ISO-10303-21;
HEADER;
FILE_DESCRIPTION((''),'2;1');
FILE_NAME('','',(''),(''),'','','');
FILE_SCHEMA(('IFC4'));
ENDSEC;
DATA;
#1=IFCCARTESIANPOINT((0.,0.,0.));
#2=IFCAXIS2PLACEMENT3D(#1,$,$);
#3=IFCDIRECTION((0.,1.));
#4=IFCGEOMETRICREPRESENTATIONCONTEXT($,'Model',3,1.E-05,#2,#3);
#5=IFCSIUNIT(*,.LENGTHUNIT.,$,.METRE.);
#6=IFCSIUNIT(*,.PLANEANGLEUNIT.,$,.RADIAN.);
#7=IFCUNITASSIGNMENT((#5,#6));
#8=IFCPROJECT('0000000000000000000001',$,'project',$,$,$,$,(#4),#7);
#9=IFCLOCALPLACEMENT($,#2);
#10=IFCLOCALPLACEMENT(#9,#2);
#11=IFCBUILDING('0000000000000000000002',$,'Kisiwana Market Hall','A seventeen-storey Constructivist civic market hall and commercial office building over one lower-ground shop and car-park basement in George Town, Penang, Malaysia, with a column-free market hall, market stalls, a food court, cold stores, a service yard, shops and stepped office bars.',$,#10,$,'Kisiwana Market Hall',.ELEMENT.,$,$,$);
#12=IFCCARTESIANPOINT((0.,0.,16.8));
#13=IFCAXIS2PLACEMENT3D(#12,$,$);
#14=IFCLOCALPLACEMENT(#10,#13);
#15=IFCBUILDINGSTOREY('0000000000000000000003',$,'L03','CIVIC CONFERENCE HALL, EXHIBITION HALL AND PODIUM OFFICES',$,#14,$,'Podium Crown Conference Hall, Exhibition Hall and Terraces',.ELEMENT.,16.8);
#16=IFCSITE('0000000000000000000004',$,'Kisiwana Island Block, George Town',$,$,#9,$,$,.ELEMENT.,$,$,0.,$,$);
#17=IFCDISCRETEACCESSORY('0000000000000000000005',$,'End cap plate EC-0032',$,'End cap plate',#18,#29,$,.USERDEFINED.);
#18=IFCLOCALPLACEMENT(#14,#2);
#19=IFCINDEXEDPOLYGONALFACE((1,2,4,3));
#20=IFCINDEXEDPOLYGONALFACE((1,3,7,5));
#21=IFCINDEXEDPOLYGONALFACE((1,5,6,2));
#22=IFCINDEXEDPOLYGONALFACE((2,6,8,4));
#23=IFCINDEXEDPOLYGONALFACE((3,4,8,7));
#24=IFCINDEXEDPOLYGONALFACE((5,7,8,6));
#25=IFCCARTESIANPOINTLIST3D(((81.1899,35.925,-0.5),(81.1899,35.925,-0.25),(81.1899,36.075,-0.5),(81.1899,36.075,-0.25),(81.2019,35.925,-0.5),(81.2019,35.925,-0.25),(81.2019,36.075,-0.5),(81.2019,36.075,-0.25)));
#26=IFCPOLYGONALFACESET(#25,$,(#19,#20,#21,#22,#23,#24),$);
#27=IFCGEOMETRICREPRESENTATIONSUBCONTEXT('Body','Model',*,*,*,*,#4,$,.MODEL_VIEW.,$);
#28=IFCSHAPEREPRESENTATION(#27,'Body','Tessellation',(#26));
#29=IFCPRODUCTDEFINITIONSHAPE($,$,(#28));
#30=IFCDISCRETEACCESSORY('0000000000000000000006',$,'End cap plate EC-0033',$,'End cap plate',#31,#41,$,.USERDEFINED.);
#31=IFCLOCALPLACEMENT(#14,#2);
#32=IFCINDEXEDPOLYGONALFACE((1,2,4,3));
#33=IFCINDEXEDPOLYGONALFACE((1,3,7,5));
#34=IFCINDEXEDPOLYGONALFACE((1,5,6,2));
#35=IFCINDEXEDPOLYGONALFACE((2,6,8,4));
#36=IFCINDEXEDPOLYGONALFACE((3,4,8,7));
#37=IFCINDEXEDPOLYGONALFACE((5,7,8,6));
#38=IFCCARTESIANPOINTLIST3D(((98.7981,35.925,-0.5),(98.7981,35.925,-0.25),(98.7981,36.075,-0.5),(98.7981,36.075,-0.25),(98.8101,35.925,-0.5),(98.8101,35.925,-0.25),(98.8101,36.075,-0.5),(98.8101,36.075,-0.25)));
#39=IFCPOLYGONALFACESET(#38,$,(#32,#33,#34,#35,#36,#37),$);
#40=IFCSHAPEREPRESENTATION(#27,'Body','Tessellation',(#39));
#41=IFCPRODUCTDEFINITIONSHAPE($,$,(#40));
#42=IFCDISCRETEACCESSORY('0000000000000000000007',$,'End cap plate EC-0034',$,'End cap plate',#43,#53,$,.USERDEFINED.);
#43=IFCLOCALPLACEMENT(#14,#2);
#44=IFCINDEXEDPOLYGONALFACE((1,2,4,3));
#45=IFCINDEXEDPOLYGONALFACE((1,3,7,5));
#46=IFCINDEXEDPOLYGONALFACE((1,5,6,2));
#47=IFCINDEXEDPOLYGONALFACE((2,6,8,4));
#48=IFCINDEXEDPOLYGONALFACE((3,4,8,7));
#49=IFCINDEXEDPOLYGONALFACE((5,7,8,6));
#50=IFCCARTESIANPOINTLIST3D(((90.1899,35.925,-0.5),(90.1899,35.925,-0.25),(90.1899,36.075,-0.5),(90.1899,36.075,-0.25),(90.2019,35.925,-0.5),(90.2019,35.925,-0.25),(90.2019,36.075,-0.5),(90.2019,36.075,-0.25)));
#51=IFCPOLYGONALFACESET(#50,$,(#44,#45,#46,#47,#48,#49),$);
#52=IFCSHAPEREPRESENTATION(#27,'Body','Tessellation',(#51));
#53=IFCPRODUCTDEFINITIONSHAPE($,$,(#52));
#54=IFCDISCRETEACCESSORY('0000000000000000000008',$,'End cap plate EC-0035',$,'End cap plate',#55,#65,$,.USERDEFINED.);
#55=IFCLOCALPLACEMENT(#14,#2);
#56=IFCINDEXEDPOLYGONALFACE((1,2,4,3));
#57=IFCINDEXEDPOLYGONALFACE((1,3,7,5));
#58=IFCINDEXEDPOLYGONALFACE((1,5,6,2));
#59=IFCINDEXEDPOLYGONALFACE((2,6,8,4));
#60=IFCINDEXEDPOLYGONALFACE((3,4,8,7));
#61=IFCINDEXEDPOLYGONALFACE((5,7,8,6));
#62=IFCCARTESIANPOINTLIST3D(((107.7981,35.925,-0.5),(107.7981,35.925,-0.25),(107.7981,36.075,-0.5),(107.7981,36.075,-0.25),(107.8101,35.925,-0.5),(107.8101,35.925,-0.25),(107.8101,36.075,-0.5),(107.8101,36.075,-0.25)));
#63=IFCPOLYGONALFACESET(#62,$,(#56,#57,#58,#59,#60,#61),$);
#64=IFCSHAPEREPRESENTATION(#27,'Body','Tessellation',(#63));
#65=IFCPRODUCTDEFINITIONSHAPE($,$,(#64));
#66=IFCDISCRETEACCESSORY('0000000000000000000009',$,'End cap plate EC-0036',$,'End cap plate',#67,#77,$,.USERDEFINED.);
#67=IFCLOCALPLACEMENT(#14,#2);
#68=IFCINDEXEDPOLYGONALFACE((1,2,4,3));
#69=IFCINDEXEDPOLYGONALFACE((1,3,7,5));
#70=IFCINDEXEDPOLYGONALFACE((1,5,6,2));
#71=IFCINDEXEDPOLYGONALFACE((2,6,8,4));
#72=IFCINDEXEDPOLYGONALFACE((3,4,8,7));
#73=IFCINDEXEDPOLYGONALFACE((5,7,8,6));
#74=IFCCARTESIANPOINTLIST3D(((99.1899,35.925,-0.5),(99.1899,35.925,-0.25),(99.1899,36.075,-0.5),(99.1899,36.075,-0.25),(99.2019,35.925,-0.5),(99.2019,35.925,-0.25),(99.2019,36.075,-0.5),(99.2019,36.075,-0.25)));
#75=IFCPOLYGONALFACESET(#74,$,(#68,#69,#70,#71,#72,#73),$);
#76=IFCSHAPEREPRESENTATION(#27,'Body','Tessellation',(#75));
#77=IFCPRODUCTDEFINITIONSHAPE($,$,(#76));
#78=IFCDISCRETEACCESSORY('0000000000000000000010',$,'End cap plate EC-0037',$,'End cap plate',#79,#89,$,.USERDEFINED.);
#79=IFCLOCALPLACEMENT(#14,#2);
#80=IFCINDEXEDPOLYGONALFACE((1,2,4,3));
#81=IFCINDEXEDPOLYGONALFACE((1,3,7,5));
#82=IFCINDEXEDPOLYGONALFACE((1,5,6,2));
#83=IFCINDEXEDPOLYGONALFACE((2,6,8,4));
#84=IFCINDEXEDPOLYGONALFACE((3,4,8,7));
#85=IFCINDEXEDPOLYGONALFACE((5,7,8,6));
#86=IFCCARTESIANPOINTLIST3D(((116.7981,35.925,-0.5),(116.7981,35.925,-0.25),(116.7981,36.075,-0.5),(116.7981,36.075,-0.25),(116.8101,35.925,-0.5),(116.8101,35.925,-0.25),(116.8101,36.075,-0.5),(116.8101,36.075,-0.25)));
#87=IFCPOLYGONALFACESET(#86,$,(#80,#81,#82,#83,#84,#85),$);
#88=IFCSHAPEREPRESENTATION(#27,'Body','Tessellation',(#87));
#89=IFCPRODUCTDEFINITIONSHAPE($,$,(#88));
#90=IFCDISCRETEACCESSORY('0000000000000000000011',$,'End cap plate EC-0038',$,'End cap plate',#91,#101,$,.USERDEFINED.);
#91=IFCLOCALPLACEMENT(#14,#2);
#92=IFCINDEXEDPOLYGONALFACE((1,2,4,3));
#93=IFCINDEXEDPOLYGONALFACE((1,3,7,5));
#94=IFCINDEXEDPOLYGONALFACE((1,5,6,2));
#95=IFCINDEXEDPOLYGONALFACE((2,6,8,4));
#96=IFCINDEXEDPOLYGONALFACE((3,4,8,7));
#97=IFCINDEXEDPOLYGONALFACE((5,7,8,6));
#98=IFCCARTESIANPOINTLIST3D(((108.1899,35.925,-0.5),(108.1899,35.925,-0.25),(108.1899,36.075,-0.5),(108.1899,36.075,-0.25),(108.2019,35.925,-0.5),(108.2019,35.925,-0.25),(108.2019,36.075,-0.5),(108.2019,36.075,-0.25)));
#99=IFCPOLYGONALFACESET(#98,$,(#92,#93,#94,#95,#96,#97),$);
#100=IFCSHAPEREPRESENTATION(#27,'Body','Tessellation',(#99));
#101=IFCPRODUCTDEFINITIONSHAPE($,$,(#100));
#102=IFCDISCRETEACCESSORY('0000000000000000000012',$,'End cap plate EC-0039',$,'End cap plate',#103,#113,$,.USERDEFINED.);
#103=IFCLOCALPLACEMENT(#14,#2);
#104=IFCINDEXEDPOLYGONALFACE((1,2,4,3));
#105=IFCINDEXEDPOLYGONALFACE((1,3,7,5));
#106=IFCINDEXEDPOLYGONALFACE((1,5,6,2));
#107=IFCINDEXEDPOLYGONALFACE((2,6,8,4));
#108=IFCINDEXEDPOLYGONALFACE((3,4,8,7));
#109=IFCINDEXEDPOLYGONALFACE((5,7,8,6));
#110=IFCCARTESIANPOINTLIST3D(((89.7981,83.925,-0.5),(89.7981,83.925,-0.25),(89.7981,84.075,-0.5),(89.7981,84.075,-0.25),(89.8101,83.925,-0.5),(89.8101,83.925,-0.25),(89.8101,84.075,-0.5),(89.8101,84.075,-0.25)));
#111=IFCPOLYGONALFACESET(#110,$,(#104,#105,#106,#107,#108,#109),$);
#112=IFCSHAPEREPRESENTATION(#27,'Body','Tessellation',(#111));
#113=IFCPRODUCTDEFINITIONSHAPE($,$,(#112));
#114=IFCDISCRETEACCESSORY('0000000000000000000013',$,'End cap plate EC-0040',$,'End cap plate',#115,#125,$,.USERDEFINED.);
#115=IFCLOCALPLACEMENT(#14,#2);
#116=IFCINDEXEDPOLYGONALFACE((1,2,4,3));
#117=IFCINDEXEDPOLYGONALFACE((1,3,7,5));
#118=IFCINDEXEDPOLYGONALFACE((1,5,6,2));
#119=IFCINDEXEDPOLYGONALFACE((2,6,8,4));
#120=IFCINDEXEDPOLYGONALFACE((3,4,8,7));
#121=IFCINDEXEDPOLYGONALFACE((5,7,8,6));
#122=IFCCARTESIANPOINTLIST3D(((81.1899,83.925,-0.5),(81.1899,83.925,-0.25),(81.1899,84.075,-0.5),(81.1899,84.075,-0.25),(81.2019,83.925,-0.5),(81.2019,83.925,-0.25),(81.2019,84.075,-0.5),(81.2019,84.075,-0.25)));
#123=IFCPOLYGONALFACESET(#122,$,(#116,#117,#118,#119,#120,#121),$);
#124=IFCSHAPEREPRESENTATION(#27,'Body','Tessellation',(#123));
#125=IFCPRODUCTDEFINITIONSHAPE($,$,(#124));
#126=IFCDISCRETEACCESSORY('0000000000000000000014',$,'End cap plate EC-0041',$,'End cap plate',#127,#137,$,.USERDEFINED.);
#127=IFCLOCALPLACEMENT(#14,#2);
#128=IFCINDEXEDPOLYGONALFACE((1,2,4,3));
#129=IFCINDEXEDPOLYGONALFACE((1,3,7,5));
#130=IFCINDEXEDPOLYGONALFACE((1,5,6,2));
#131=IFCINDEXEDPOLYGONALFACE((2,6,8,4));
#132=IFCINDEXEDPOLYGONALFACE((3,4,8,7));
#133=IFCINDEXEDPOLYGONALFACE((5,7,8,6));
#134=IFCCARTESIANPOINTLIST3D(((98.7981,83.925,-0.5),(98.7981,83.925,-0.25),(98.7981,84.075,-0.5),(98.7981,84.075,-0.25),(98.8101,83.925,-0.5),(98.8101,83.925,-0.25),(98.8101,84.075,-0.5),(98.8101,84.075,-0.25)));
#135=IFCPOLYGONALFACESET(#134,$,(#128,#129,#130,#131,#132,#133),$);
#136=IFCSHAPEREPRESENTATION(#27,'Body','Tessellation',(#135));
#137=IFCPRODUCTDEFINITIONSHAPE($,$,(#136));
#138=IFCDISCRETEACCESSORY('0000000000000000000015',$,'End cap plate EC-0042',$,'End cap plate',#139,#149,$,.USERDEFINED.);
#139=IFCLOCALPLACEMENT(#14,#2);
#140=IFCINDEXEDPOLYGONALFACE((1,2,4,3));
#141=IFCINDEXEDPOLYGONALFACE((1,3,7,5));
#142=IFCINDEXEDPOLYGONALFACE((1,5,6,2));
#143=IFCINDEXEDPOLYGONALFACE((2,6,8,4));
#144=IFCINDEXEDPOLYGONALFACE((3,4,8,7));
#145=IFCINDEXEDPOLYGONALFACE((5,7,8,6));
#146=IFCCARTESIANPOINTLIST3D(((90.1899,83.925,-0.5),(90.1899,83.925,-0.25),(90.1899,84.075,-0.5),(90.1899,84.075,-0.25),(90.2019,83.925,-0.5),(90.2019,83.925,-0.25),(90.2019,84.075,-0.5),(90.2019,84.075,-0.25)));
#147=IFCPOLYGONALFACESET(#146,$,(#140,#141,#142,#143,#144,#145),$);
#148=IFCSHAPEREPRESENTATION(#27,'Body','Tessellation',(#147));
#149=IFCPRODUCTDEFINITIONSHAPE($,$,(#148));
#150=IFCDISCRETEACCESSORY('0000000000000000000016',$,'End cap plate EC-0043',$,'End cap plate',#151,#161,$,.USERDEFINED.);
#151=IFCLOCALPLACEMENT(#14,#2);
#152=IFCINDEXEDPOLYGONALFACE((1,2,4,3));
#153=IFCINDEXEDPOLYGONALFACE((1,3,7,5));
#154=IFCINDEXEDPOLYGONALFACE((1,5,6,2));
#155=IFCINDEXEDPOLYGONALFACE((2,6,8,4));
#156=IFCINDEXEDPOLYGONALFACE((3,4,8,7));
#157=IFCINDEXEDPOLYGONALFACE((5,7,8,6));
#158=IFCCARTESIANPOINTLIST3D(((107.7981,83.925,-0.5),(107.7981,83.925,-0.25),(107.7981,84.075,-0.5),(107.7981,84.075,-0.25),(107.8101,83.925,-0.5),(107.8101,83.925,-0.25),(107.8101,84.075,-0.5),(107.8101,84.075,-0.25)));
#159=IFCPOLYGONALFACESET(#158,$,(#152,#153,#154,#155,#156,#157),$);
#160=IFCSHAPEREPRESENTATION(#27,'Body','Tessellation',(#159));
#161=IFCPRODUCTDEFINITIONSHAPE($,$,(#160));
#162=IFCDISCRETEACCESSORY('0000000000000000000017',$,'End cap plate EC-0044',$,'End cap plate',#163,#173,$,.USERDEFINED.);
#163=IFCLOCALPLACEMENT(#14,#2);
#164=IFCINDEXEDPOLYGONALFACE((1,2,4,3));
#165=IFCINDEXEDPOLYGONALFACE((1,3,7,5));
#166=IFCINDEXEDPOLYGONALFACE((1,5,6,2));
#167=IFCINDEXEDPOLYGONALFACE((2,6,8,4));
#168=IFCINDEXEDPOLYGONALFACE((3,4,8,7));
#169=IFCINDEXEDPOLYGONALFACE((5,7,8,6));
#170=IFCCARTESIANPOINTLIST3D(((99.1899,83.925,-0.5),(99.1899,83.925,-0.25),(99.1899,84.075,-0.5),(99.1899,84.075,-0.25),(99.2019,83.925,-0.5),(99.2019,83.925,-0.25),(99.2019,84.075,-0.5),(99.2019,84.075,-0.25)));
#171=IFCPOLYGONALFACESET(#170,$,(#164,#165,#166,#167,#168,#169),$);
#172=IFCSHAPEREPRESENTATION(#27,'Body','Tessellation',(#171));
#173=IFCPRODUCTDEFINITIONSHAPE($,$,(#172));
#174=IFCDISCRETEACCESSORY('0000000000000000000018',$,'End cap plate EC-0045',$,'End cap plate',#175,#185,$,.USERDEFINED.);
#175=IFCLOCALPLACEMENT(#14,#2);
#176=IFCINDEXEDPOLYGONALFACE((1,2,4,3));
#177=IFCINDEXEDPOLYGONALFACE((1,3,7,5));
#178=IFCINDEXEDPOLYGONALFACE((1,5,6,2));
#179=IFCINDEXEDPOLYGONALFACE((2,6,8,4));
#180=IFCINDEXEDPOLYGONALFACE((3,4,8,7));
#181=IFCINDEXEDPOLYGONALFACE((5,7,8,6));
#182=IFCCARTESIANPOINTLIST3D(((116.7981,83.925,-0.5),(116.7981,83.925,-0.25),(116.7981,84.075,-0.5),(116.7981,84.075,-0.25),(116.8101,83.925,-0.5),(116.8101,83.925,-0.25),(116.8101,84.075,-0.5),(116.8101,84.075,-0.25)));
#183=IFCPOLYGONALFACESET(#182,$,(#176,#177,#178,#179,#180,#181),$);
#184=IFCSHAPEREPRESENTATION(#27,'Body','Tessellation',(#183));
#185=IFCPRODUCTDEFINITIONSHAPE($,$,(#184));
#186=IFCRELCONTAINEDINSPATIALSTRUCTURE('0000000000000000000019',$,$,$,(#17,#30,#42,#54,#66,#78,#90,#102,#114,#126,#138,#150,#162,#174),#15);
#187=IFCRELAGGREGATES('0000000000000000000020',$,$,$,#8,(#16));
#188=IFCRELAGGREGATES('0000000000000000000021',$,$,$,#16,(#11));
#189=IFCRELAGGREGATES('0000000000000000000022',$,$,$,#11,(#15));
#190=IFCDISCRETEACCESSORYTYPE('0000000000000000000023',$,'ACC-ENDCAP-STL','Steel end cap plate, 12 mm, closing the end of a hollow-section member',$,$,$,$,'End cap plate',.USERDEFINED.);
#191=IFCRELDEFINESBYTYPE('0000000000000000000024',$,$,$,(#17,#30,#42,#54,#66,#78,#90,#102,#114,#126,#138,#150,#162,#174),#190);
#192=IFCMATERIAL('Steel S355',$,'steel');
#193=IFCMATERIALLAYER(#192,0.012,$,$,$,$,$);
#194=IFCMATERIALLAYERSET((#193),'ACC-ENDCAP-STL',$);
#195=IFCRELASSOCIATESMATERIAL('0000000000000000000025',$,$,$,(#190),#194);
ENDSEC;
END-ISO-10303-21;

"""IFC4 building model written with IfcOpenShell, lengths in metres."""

from ifc_helpers import new_model, si_unit, direction, frame, origin, place, context, subcontext, project, spatial, polyline, outline, extrude, material, layer, layer_set, type_object, element, save


model = new_model("IFC4")

# Units and contexts
model_context = context("Model", 3, precision=1e-05, world=origin(), true_north=direction((0.0, 1.0)))
body_context = subcontext(model_context, "Body", "Model", "MODEL_VIEW")
ifc_project = project(units=[si_unit("LENGTHUNIT", "METRE"), si_unit("PLANEANGLEUNIT", "RADIAN")], contexts=[model_context])

# Site, building, storey
site_placement = place(None, origin())
site = spatial("IfcSite", under=ifc_project, at=site_placement, Name="Kisiwana Island Block, George Town", CompositionType="ELEMENT", RefElevation=0.0)
building_placement = place(site_placement, origin())
building = spatial("IfcBuilding", under=site, at=building_placement, Name="Kisiwana Market Hall", Description="A seventeen-storey Constructivist civic market hall and commercial office building over one lower-ground shop and car-park basement in George Town, Penang, Malaysia, with a column-free market hall, market stalls, a food court, cold stores, a service yard, shops and stepped office bars.", LongName="Kisiwana Market Hall", CompositionType="ELEMENT")
storey_placement = place(building_placement, frame((0.0, 0.0, 16.8)))
storey = spatial("IfcBuildingStorey", under=building, at=storey_placement, Name="L03", Description="CIVIC CONFERENCE HALL, EXHIBITION HALL AND PODIUM OFFICES", LongName="Podium Crown Conference Hall, Exhibition Hall and Terraces", CompositionType="ELEMENT", Elevation=16.8)

# Discrete accessories
ifc_material_1 = material(Name="Steel S355", Category="steel")
ifc_layer_1 = layer(ifc_material_1, 0.012)
ifc_layer_set_1 = layer_set([ifc_layer_1], Name="ACC-ENDCAP-STL")
discrete_accessory_type = type_object("IfcDiscreteAccessoryType", Name="ACC-ENDCAP-STL", Description="Steel end cap plate, 12 mm, closing the end of a hollow-section member", ElementType="End cap plate", PredefinedType="USERDEFINED", material=ifc_layer_set_1)
discrete_accessory_1_placement = place(storey_placement, frame((0.0, 0.0, -0.5)))
element("IfcDiscreteAccessory", 1, at=discrete_accessory_1_placement, inside=storey, type_object=discrete_accessory_type, Name="End cap plate EC-0032", ObjectType="End cap plate", PredefinedType="USERDEFINED", context=body_context, shape_type="SweptSolid", body=[
    extrude(outline(polyline([(81.2019, 35.925), (81.2019, 36.075), (81.1899, 36.075), (81.1899, 35.925), (81.2019, 35.925)])), origin(), (0.0, 0.0, 1.0), 0.25),
])
discrete_accessory_2_placement = place(storey_placement, frame((0.0, 0.0, -0.5)))
element("IfcDiscreteAccessory", 2, at=discrete_accessory_2_placement, inside=storey, type_object=discrete_accessory_type, Name="End cap plate EC-0033", ObjectType="End cap plate", PredefinedType="USERDEFINED", context=body_context, shape_type="SweptSolid", body=[
    extrude(outline(polyline([(98.7981, 35.925), (98.8101, 35.925), (98.8101, 36.075), (98.7981, 36.075), (98.7981, 35.925)])), origin(), (0.0, 0.0, 1.0), 0.25),
])
discrete_accessory_3_placement = place(storey_placement, frame((0.0, 0.0, -0.5)))
element("IfcDiscreteAccessory", 3, at=discrete_accessory_3_placement, inside=storey, type_object=discrete_accessory_type, Name="End cap plate EC-0034", ObjectType="End cap plate", PredefinedType="USERDEFINED", context=body_context, shape_type="SweptSolid", body=[
    extrude(outline(polyline([(90.2019, 35.925), (90.2019, 36.075), (90.1899, 36.075), (90.1899, 35.925), (90.2019, 35.925)])), origin(), (0.0, 0.0, 1.0), 0.25),
])
discrete_accessory_4_placement = place(storey_placement, frame((0.0, 0.0, -0.5)))
element("IfcDiscreteAccessory", 4, at=discrete_accessory_4_placement, inside=storey, type_object=discrete_accessory_type, Name="End cap plate EC-0035", ObjectType="End cap plate", PredefinedType="USERDEFINED", context=body_context, shape_type="SweptSolid", body=[
    extrude(outline(polyline([(107.7981, 35.925), (107.8101, 35.925), (107.8101, 36.075), (107.7981, 36.075), (107.7981, 35.925)])), origin(), (0.0, 0.0, 1.0), 0.25),
])
discrete_accessory_5_placement = place(storey_placement, frame((0.0, 0.0, -0.5)))
element("IfcDiscreteAccessory", 5, at=discrete_accessory_5_placement, inside=storey, type_object=discrete_accessory_type, Name="End cap plate EC-0036", ObjectType="End cap plate", PredefinedType="USERDEFINED", context=body_context, shape_type="SweptSolid", body=[
    extrude(outline(polyline([(99.2019, 35.925), (99.2019, 36.075), (99.1899, 36.075), (99.1899, 35.925), (99.2019, 35.925)])), origin(), (0.0, 0.0, 1.0), 0.25),
])
discrete_accessory_6_placement = place(storey_placement, frame((0.0, 0.0, -0.5)))
element("IfcDiscreteAccessory", 6, at=discrete_accessory_6_placement, inside=storey, type_object=discrete_accessory_type, Name="End cap plate EC-0037", ObjectType="End cap plate", PredefinedType="USERDEFINED", context=body_context, shape_type="SweptSolid", body=[
    extrude(outline(polyline([(116.7981, 35.925), (116.8101, 35.925), (116.8101, 36.075), (116.7981, 36.075), (116.7981, 35.925)])), origin(), (0.0, 0.0, 1.0), 0.25),
])
discrete_accessory_7_placement = place(storey_placement, frame((0.0, 0.0, -0.5)))
element("IfcDiscreteAccessory", 7, at=discrete_accessory_7_placement, inside=storey, type_object=discrete_accessory_type, Name="End cap plate EC-0038", ObjectType="End cap plate", PredefinedType="USERDEFINED", context=body_context, shape_type="SweptSolid", body=[
    extrude(outline(polyline([(108.2019, 35.925), (108.2019, 36.075), (108.1899, 36.075), (108.1899, 35.925), (108.2019, 35.925)])), origin(), (0.0, 0.0, 1.0), 0.25),
])
discrete_accessory_8_placement = place(storey_placement, frame((0.0, 0.0, -0.5)))
element("IfcDiscreteAccessory", 8, at=discrete_accessory_8_placement, inside=storey, type_object=discrete_accessory_type, Name="End cap plate EC-0039", ObjectType="End cap plate", PredefinedType="USERDEFINED", context=body_context, shape_type="SweptSolid", body=[
    extrude(outline(polyline([(89.7981, 83.925), (89.8101, 83.925), (89.8101, 84.075), (89.7981, 84.075), (89.7981, 83.925)])), origin(), (0.0, 0.0, 1.0), 0.25),
])
discrete_accessory_9_placement = place(storey_placement, frame((0.0, 0.0, -0.5)))
element("IfcDiscreteAccessory", 9, at=discrete_accessory_9_placement, inside=storey, type_object=discrete_accessory_type, Name="End cap plate EC-0040", ObjectType="End cap plate", PredefinedType="USERDEFINED", context=body_context, shape_type="SweptSolid", body=[
    extrude(outline(polyline([(81.2019, 83.925), (81.2019, 84.075), (81.1899, 84.075), (81.1899, 83.925), (81.2019, 83.925)])), origin(), (0.0, 0.0, 1.0), 0.25),
])
discrete_accessory_10_placement = place(storey_placement, frame((0.0, 0.0, -0.5)))
element("IfcDiscreteAccessory", 10, at=discrete_accessory_10_placement, inside=storey, type_object=discrete_accessory_type, Name="End cap plate EC-0041", ObjectType="End cap plate", PredefinedType="USERDEFINED", context=body_context, shape_type="SweptSolid", body=[
    extrude(outline(polyline([(98.7981, 83.925), (98.8101, 83.925), (98.8101, 84.075), (98.7981, 84.075), (98.7981, 83.925)])), origin(), (0.0, 0.0, 1.0), 0.25),
])
discrete_accessory_11_placement = place(storey_placement, frame((0.0, 0.0, -0.5)))
element("IfcDiscreteAccessory", 11, at=discrete_accessory_11_placement, inside=storey, type_object=discrete_accessory_type, Name="End cap plate EC-0042", ObjectType="End cap plate", PredefinedType="USERDEFINED", context=body_context, shape_type="SweptSolid", body=[
    extrude(outline(polyline([(90.2019, 83.925), (90.2019, 84.075), (90.1899, 84.075), (90.1899, 83.925), (90.2019, 83.925)])), origin(), (0.0, 0.0, 1.0), 0.25),
])
discrete_accessory_12_placement = place(storey_placement, frame((0.0, 0.0, -0.5)))
element("IfcDiscreteAccessory", 12, at=discrete_accessory_12_placement, inside=storey, type_object=discrete_accessory_type, Name="End cap plate EC-0043", ObjectType="End cap plate", PredefinedType="USERDEFINED", context=body_context, shape_type="SweptSolid", body=[
    extrude(outline(polyline([(107.7981, 83.925), (107.8101, 83.925), (107.8101, 84.075), (107.7981, 84.075), (107.7981, 83.925)])), origin(), (0.0, 0.0, 1.0), 0.25),
])
discrete_accessory_13_placement = place(storey_placement, frame((0.0, 0.0, -0.5)))
element("IfcDiscreteAccessory", 13, at=discrete_accessory_13_placement, inside=storey, type_object=discrete_accessory_type, Name="End cap plate EC-0044", ObjectType="End cap plate", PredefinedType="USERDEFINED", context=body_context, shape_type="SweptSolid", body=[
    extrude(outline(polyline([(99.2019, 83.925), (99.2019, 84.075), (99.1899, 84.075), (99.1899, 83.925), (99.2019, 83.925)])), origin(), (0.0, 0.0, 1.0), 0.25),
])
discrete_accessory_14_placement = place(storey_placement, frame((0.0, 0.0, -0.5)))
element("IfcDiscreteAccessory", 14, at=discrete_accessory_14_placement, inside=storey, type_object=discrete_accessory_type, Name="End cap plate EC-0045", ObjectType="End cap plate", PredefinedType="USERDEFINED", context=body_context, shape_type="SweptSolid", body=[
    extrude(outline(polyline([(116.7981, 83.925), (116.8101, 83.925), (116.8101, 84.075), (116.7981, 84.075), (116.7981, 83.925)])), origin(), (0.0, 0.0, 1.0), 0.25),
])

save(model, "model.ifc")
